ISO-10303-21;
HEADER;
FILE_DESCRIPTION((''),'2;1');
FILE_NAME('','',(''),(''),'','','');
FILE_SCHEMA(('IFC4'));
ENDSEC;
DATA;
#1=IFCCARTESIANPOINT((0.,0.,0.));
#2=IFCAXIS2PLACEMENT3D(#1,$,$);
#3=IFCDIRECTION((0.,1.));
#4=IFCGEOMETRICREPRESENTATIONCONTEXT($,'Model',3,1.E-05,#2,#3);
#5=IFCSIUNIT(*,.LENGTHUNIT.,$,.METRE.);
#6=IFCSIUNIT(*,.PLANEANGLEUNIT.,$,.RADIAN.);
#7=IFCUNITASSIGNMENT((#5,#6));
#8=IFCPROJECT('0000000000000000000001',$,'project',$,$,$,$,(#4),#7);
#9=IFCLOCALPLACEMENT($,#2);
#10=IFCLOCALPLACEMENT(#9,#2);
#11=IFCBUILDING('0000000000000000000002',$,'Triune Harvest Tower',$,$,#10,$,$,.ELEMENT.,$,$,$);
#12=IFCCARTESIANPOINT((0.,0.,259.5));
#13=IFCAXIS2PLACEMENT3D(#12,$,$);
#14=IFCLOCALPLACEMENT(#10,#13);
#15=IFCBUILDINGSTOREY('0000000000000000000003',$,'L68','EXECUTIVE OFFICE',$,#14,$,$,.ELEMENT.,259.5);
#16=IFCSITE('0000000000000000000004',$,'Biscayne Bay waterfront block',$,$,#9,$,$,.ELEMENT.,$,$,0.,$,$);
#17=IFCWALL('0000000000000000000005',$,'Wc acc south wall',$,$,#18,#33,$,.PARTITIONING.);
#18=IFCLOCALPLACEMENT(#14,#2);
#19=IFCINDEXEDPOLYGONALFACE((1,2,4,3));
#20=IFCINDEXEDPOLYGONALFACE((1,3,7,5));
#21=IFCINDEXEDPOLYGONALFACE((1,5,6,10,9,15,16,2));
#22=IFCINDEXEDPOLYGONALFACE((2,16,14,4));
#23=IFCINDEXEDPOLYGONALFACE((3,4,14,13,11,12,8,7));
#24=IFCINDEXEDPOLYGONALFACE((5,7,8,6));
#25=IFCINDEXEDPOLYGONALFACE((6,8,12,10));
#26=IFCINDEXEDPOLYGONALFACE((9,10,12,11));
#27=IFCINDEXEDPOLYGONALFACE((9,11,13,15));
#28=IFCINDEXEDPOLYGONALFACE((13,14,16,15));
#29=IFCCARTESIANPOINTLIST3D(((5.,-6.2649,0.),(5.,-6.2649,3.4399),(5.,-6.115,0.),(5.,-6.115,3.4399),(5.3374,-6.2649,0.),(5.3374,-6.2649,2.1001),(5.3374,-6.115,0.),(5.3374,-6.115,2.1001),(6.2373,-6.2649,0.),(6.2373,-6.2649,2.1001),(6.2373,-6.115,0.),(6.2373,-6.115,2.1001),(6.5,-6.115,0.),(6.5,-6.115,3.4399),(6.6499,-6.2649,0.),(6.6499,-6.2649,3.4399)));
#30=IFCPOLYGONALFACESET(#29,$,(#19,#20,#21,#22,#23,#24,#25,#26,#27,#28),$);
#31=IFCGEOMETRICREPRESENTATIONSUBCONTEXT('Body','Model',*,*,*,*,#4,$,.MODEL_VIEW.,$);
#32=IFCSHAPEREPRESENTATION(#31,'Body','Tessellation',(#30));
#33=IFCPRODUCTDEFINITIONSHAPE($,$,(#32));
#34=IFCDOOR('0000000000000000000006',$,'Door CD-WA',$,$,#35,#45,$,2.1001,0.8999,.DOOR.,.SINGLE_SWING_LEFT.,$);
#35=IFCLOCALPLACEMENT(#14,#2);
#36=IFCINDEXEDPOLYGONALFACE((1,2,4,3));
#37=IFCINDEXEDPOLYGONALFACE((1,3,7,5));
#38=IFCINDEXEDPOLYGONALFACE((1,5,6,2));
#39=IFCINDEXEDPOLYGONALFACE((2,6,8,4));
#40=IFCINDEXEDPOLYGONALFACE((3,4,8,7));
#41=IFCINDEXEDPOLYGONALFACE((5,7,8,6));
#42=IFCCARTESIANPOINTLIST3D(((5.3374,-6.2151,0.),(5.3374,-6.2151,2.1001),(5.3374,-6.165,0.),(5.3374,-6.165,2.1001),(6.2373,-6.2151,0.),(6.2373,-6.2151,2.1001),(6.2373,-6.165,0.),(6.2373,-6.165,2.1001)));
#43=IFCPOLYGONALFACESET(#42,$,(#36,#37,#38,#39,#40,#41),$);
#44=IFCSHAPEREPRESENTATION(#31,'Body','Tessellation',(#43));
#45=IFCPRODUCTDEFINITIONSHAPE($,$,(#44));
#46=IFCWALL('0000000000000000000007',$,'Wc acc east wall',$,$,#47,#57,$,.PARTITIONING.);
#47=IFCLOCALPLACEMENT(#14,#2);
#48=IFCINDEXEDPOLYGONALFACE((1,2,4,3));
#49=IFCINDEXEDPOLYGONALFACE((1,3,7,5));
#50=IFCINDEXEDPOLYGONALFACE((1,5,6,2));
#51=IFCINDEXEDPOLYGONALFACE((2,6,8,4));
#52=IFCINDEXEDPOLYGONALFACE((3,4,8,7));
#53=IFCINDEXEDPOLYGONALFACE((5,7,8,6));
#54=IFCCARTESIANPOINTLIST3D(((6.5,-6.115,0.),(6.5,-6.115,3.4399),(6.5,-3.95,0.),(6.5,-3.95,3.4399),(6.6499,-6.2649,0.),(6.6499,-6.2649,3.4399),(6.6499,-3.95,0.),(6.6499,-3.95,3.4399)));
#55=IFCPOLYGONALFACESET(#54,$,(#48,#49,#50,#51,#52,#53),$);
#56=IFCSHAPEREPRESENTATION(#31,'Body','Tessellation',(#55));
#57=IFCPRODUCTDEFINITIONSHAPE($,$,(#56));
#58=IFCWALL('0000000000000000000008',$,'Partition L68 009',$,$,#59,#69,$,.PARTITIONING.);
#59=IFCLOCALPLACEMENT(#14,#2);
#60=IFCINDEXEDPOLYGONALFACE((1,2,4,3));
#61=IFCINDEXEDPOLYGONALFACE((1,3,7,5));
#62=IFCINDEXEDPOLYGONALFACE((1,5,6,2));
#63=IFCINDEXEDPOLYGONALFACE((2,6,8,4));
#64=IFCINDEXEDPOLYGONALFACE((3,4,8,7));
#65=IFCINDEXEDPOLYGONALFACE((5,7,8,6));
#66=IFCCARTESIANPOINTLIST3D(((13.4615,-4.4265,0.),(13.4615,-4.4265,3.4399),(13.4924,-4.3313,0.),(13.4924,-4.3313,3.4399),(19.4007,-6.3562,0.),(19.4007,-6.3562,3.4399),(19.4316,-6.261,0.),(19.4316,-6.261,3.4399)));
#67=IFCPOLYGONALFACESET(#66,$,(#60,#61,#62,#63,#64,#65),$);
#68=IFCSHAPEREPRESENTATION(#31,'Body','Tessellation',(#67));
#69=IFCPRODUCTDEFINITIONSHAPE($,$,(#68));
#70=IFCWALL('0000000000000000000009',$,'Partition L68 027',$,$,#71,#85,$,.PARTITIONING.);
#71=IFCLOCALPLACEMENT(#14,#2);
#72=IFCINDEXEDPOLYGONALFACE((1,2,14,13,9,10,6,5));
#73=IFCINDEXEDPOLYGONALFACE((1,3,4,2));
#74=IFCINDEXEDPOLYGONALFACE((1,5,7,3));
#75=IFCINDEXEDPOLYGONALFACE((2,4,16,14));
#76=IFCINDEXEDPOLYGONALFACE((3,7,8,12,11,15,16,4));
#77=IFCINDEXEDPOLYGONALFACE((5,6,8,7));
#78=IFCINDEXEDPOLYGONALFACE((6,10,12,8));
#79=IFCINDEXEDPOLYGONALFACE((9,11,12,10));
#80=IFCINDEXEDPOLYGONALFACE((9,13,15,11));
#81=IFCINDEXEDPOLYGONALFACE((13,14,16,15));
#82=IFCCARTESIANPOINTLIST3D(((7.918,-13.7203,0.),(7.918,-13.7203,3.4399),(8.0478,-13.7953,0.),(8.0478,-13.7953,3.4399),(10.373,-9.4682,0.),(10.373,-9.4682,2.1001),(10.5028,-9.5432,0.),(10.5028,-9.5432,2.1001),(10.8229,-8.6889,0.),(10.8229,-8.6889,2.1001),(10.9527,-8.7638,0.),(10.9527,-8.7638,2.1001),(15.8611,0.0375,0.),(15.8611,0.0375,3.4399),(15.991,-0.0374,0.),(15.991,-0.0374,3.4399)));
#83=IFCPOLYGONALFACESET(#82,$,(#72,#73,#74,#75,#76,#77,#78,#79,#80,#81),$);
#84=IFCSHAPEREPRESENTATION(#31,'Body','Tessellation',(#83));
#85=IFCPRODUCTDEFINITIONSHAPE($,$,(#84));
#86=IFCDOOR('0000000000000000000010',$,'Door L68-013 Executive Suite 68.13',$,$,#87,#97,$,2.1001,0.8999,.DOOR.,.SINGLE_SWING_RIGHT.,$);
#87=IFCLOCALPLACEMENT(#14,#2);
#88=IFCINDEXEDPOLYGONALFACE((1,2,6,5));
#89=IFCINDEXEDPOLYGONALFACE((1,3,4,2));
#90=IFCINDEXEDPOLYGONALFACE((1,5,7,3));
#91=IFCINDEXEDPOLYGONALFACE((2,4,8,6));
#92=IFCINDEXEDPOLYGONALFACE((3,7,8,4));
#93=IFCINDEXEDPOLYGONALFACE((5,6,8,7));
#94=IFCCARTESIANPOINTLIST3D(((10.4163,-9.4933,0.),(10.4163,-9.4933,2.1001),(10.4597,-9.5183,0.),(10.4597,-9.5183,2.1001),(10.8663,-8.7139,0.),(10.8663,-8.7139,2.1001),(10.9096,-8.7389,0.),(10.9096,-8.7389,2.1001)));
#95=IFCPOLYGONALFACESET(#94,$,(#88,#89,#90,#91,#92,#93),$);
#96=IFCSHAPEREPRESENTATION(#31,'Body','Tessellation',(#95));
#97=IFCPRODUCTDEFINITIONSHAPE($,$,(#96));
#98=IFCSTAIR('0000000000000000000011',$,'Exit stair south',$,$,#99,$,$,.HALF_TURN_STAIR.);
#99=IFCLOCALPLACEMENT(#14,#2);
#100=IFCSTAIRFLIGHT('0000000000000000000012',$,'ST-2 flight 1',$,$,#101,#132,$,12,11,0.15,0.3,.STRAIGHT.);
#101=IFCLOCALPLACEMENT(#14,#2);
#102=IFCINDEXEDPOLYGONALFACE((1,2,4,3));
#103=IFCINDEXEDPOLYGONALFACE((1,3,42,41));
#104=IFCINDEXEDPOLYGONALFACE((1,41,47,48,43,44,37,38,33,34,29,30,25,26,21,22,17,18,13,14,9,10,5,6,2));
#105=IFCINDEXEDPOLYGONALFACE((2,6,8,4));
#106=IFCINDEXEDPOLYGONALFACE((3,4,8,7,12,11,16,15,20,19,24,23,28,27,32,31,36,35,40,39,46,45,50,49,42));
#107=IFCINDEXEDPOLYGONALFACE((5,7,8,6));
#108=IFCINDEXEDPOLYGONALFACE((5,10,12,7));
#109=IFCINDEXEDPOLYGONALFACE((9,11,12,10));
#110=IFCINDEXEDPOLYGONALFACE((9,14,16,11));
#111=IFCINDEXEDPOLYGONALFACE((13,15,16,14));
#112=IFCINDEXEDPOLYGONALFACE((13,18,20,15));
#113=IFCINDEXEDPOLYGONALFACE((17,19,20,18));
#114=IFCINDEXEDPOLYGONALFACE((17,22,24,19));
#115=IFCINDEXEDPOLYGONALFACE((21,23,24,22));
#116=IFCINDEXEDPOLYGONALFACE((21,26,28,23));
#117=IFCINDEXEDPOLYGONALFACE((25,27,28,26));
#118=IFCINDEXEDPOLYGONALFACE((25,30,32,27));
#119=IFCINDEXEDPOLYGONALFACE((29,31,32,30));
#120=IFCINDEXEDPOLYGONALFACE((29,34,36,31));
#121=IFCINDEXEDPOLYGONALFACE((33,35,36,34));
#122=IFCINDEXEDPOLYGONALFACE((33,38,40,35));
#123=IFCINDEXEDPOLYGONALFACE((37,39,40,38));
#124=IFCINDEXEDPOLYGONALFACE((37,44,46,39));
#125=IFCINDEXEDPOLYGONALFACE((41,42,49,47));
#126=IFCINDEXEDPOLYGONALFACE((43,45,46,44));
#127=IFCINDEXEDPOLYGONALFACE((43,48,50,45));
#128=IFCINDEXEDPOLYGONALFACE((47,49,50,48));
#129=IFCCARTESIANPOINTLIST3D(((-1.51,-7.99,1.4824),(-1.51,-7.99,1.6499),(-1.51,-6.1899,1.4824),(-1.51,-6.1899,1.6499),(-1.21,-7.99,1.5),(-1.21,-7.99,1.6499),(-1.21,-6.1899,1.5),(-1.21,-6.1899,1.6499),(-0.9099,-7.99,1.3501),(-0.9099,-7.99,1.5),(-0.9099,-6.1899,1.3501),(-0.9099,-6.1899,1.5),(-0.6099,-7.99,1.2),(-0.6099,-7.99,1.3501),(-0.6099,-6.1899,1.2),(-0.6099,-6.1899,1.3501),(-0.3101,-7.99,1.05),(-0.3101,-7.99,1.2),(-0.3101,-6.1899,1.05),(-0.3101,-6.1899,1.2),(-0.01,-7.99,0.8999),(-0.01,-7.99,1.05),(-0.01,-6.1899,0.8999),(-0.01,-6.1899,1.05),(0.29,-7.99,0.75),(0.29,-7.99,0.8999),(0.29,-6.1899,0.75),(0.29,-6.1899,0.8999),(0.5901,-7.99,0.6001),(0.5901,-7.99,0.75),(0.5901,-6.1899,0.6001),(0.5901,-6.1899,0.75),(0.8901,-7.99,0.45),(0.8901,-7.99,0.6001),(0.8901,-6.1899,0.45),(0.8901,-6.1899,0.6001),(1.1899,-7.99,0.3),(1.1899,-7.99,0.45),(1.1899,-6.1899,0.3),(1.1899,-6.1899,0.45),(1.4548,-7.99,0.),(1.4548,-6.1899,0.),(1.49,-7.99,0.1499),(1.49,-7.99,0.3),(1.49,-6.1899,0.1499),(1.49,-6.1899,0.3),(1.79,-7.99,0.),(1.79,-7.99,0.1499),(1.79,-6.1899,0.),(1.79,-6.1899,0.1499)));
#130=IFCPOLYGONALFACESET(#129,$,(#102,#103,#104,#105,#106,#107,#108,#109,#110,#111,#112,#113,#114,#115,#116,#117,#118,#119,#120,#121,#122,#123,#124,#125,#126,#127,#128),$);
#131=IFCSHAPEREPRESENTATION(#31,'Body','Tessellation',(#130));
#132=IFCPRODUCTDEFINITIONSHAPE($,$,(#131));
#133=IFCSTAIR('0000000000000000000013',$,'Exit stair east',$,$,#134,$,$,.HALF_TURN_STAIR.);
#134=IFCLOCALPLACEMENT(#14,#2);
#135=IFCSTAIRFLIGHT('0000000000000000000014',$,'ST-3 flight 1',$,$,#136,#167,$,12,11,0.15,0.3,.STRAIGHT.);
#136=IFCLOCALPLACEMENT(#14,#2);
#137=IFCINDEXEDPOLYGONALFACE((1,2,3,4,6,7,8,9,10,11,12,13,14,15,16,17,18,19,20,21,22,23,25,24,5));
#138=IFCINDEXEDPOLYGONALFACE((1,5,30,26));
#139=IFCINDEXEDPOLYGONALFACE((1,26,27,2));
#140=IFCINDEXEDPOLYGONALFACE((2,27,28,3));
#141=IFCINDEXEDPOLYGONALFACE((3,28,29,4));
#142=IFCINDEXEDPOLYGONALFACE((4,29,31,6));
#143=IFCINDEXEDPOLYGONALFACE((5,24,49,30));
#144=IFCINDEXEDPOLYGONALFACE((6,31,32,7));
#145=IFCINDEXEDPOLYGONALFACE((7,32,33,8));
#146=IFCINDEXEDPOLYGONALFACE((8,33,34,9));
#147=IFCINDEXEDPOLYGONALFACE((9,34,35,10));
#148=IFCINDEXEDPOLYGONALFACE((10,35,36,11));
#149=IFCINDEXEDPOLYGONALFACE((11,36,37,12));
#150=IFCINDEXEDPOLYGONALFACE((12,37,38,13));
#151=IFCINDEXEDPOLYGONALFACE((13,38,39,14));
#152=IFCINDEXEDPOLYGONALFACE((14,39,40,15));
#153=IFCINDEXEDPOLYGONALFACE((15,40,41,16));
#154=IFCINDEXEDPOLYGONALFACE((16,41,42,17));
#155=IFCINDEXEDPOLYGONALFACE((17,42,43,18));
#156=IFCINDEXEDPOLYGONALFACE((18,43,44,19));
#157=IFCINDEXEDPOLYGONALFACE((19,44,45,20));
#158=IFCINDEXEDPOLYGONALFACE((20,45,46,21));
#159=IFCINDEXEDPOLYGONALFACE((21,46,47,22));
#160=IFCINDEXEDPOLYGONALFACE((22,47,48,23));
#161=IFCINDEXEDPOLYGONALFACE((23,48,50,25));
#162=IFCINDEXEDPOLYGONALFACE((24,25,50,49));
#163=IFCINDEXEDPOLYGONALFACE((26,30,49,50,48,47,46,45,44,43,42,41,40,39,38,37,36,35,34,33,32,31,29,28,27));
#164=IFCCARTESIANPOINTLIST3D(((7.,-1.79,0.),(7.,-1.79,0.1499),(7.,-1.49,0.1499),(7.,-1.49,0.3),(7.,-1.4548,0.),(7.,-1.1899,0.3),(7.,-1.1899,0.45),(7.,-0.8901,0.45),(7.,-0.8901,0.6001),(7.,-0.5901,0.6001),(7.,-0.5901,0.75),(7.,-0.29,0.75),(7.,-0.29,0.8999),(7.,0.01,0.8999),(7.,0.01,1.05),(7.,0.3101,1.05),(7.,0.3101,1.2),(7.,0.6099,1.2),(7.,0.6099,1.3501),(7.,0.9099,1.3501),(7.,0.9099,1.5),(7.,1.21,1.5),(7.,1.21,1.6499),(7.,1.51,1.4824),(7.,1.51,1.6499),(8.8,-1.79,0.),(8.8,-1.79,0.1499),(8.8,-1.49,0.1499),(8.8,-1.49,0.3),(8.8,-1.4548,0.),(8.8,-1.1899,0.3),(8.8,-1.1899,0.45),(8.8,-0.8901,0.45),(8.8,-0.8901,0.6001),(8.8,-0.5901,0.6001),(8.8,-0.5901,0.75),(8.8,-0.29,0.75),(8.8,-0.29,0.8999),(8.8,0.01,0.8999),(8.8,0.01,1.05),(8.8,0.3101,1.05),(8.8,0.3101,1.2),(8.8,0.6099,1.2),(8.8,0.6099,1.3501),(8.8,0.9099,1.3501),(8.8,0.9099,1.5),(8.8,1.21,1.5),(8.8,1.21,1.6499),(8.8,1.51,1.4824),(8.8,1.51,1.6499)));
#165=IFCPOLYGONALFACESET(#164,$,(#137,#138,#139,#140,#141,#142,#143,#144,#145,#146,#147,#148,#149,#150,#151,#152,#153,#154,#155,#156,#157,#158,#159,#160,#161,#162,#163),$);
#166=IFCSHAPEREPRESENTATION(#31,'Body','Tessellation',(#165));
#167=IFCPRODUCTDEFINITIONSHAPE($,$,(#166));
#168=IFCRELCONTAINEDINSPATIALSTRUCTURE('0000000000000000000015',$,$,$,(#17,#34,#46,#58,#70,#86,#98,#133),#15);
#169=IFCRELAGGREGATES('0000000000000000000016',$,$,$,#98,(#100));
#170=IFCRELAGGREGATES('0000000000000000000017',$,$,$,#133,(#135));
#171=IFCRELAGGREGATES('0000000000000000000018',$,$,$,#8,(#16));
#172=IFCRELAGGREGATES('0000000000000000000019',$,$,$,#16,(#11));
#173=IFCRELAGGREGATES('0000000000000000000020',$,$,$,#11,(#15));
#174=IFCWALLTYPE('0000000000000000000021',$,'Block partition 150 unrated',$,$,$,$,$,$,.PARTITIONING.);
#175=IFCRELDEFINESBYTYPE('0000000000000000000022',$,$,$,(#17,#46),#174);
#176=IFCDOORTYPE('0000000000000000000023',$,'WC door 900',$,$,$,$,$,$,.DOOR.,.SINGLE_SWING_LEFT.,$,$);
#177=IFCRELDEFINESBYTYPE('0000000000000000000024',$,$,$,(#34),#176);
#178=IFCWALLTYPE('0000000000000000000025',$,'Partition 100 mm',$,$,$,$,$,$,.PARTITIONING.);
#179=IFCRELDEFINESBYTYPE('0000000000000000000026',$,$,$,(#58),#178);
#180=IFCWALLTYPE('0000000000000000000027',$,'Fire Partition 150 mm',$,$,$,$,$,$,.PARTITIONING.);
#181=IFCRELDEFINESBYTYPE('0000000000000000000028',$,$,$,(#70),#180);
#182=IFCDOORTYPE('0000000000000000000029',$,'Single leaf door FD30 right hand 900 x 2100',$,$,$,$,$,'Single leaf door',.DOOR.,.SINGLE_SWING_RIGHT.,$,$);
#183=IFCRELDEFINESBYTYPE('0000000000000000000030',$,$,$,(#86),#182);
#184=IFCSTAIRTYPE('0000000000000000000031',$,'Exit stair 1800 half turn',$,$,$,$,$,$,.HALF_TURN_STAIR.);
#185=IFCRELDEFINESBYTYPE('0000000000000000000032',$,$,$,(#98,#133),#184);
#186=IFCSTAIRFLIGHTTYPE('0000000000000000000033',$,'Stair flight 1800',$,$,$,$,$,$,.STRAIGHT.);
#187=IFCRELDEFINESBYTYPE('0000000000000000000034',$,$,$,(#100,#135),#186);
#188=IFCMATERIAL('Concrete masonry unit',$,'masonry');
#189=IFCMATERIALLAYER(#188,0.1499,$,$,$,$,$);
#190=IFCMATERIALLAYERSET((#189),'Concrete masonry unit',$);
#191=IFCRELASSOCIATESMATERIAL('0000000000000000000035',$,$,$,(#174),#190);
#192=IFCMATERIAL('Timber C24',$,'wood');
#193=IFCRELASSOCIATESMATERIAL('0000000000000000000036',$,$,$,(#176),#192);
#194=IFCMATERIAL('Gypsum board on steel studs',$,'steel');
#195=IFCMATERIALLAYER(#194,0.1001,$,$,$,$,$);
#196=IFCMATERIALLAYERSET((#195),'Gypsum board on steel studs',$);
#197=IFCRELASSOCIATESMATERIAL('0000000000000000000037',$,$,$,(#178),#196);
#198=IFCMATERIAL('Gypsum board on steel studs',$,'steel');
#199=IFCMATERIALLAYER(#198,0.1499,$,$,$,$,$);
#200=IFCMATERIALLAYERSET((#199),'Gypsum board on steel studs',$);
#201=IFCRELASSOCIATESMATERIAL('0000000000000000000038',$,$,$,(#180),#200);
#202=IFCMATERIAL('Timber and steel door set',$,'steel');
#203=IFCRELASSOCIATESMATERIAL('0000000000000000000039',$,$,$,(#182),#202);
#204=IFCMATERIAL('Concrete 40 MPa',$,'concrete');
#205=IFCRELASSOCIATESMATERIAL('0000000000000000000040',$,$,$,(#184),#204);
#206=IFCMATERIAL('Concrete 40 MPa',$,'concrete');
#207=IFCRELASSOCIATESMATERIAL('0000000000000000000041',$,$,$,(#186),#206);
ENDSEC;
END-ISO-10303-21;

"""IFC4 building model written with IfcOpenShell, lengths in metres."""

from ifc_helpers import new_model, si_unit, direction, frame, frame_2d, origin, place, context, subcontext, project, spatial, polyline, rectangle, outline, extrude, source, transform, mapped, material, layer, layer_set, type_object, element, fill, aggregate, save


model = new_model("IFC4")

# Units and contexts
model_context = context("Model", 3, precision=1e-05, world=origin(), true_north=direction((0.0, 1.0)))
body_context = subcontext(model_context, "Body", "Model", "MODEL_VIEW")
ifc_project = project(units=[si_unit("LENGTHUNIT", "METRE"), si_unit("PLANEANGLEUNIT", "RADIAN")], contexts=[model_context])

# Site, building, storey
site_placement = place(None, origin())
site = spatial("IfcSite", under=ifc_project, at=site_placement, Name="Biscayne Bay waterfront block", CompositionType="ELEMENT", RefElevation=0.0)
building_placement = place(site_placement, origin())
building = spatial("IfcBuilding", under=site, at=building_placement, Name="Triune Harvest Tower", CompositionType="ELEMENT")
storey_placement = place(building_placement, frame((0.0, 0.0, 259.5)))
storey = spatial("IfcBuildingStorey", under=building, at=storey_placement, Name="L68", Description="EXECUTIVE OFFICE", CompositionType="ELEMENT", Elevation=259.5)

# Wall, opening, door
ifc_material_1 = material(Name="Concrete masonry unit", Category="masonry")
ifc_layer_1 = layer(ifc_material_1, 0.1499)
ifc_layer_set_1 = layer_set([ifc_layer_1], Name="Concrete masonry unit")
wall_type_1 = type_object("IfcWallType", Name="Block partition 150 unrated", PredefinedType="PARTITIONING", material=ifc_layer_set_1)
shared_shape_1 = source(origin(), body_context, "Body", "SweptSolid", [
    extrude(outline(polyline([(0.0, -0.075), (1.6499, -0.075), (1.5, 0.075), (0.0, 0.075), (0.0, -0.075)])), origin(), (0.0, 0.0, 1.0), 3.4399),
])
wall_1_placement = place(storey_placement, frame((5.0, -6.1899, 0.0), z_axis=(0.0, 0.0, 1.0), x_axis=(1.0, 0.0, 0.0)))
wall_1 = element("IfcWall", 1, at=wall_1_placement, inside=storey, type_object=wall_type_1, Name="Wc acc south wall", PredefinedType="PARTITIONING", context=body_context, shape_type="MappedRepresentation", body=[
    mapped(shared_shape_1, transform((0.0, 0.0, 0.0), scale=1.0)),
])
opening_1_placement = place(wall_1_placement, frame((0.3374, 0.0, 0.0)))
opening_1 = element("IfcOpeningElement", 2, at=opening_1_placement, cuts=wall_1, PredefinedType="OPENING", context=body_context, shape_type="SweptSolid", body=[
    extrude(rectangle(XDim=0.8999, YDim=2.1001, at=frame_2d((0.45, 1.05))), frame((0.0, 0.085, 0.0), z_axis=(0.0, -1.0, 0.0), x_axis=(1.0, 0.0, 0.0)), (0.0, 0.0, 1.0), 0.1699),
])
ifc_material_2 = material(Name="Timber C24", Category="wood")
door_type_1 = type_object("IfcDoorType", Name="WC door 900", OperationType="SINGLE_SWING_LEFT", PredefinedType="DOOR", material=ifc_material_2)
door_1_placement = place(opening_1_placement, origin())
door_1 = element("IfcDoor", 3, at=door_1_placement, inside=storey, type_object=door_type_1, Name="Door CD-WA", OperationType="SINGLE_SWING_LEFT", OverallHeight=2.1001, OverallWidth=0.8999, PredefinedType="DOOR", context=body_context, shape_type="SweptSolid", body=[
    extrude(rectangle(XDim=0.8999, YDim=2.1001, at=frame_2d((0.45, 1.05))), frame((0.0, 0.0249, 0.0), z_axis=(0.0, -1.0, 0.0), x_axis=(1.0, 0.0, 0.0)), (0.0, 0.0, 1.0), 0.05),
])
fill(opening_1, door_1)

# Walls
shared_shape_2 = source(origin(), body_context, "Body", "SweptSolid", [
    extrude(outline(polyline([(-0.075, -0.075), (2.24, -0.075), (2.24, 0.075), (0.075, 0.075), (-0.075, -0.075)])), origin(), (0.0, 0.0, 1.0), 3.4399),
])
wall_2_placement = place(storey_placement, frame((6.575, -6.1899, 0.0), z_axis=(0.0, 0.0, 1.0), x_axis=(0.0, 1.0, 0.0)))
element("IfcWall", 4, at=wall_2_placement, inside=storey, type_object=wall_type_1, Name="Wc acc east wall", PredefinedType="PARTITIONING", context=body_context, shape_type="MappedRepresentation", body=[
    mapped(shared_shape_2, transform((0.0, 0.0, 0.0), scale=1.0)),
])
ifc_material_3 = material(Name="Gypsum board on steel studs", Category="steel")
ifc_layer_2 = layer(ifc_material_3, 0.1001)
ifc_layer_set_2 = layer_set([ifc_layer_2], Name="Gypsum board on steel studs")
wall_type_2 = type_object("IfcWallType", Name="Partition 100 mm", PredefinedType="PARTITIONING", material=ifc_layer_set_2)
shared_shape_3 = source(origin(), body_context, "Body", "SweptSolid", [
    extrude(rectangle(XDim=6.2449, YDim=0.1001, at=frame_2d((3.1226, 0.0))), origin(), (0.0, 0.0, 1.0), 3.4399),
])
wall_3_placement = place(storey_placement, frame((13.4768, -4.3789, 0.0), z_axis=(0.0, 0.0, 1.0), x_axis=(0.95106, -0.309006, 0.0)))
element("IfcWall", 5, at=wall_3_placement, inside=storey, type_object=wall_type_2, Name="Partition L68 009", PredefinedType="PARTITIONING", context=body_context, shape_type="MappedRepresentation", body=[
    mapped(shared_shape_3, transform((0.0, 0.0, 0.0), scale=1.0)),
])

# Wall, opening, door
ifc_material_4 = material(Name="Gypsum board on steel studs", Category="steel")
ifc_layer_3 = layer(ifc_material_4, 0.1499)
ifc_layer_set_3 = layer_set([ifc_layer_3], Name="Gypsum board on steel studs")
wall_type_3 = type_object("IfcWallType", Name="Fire Partition 150 mm", PredefinedType="PARTITIONING", material=ifc_layer_set_3)
shared_shape_4 = source(origin(), body_context, "Body", "SweptSolid", [
    extrude(rectangle(XDim=15.8862, YDim=0.1499, at=frame_2d((7.9431, 0.0))), origin(), (0.0, 0.0, 1.0), 3.4399),
])
wall_4_placement = place(storey_placement, frame((7.9829, -13.7578, 0.0), z_axis=(0.0, 0.0, 1.0), x_axis=(0.500002, 0.866024, 0.0)))
wall_4 = element("IfcWall", 6, at=wall_4_placement, inside=storey, type_object=wall_type_3, Name="Partition L68 027", PredefinedType="PARTITIONING", context=body_context, shape_type="MappedRepresentation", body=[
    mapped(shared_shape_4, transform((0.0, 0.0, 0.0), scale=1.0)),
])
opening_2_placement = place(wall_4_placement, frame((4.9099, 0.0, 0.0)))
opening_2 = element("IfcOpeningElement", 7, at=opening_2_placement, cuts=wall_4, PredefinedType="OPENING", context=body_context, shape_type="SweptSolid", body=[
    extrude(rectangle(XDim=0.8999, YDim=2.1001, at=frame_2d((0.45, 1.05))), frame((0.0, 0.085, 0.0), z_axis=(0.0, -1.0, 0.0), x_axis=(1.0, 0.0, 0.0)), (0.0, 0.0, 1.0), 0.1699),
])
ifc_material_5 = material(Name="Timber and steel door set", Category="steel")
door_type_2 = type_object("IfcDoorType", Name="Single leaf door FD30 right hand 900 x 2100", ElementType="Single leaf door", OperationType="SINGLE_SWING_RIGHT", PredefinedType="DOOR", material=ifc_material_5)
door_2_placement = place(opening_2_placement, origin())
door_2 = element("IfcDoor", 8, at=door_2_placement, inside=storey, type_object=door_type_2, Name="Door L68-013 Executive Suite 68.13", OperationType="SINGLE_SWING_RIGHT", OverallHeight=2.1001, OverallWidth=0.8999, PredefinedType="DOOR", context=body_context, shape_type="SweptSolid", body=[
    extrude(rectangle(XDim=0.8999, YDim=2.1001, at=frame_2d((0.45, 1.05))), frame((0.0, 0.0249, 0.0), z_axis=(0.0, -1.0, 0.0), x_axis=(1.0, 0.0, 0.0)), (0.0, 0.0, 1.0), 0.05),
])
fill(opening_2, door_2)

# Stairs, stair flights
ifc_material_6 = material(Name="Concrete 40 MPa", Category="concrete")
stair_type = type_object("IfcStairType", Name="Exit stair 1800 half turn", PredefinedType="HALF_TURN_STAIR", material=ifc_material_6)
stair_1_placement = place(storey_placement, origin())
stair_1 = element("IfcStair", 9, at=stair_1_placement, inside=storey, type_object=stair_type, Name="Exit stair south", PredefinedType="HALF_TURN_STAIR")
ifc_material_7 = material(Name="Concrete 40 MPa", Category="concrete")
stair_flight_type = type_object("IfcStairFlightType", Name="Stair flight 1800", PredefinedType="STRAIGHT", material=ifc_material_7)
shared_shape_5 = source(origin(), body_context, "Body", "SweptSolid", [
    extrude(outline(polyline([(0.0, 0.0), (0.0, 0.1499), (0.3, 0.1499), (0.3, 0.3), (0.6001, 0.3), (0.6001, 0.45), (0.8999, 0.45), (0.8999, 0.6001), (1.2, 0.6001), (1.2, 0.75), (1.5, 0.75), (1.5, 0.8999), (1.8, 0.8999), (1.8, 1.05), (2.1001, 1.05), (2.1001, 1.2), (2.3999, 1.2), (2.3999, 1.3501), (2.7, 1.3501), (2.7, 1.5), (3.0, 1.5), (3.0, 1.6499), (3.3, 1.6499), (3.3, 1.8), (3.3, 1.4824), (0.3352, 0.0), (0.0, 0.0)])), frame((0.0, 0.8999, 0.0), z_axis=(0.0, -1.0, 0.0), x_axis=(1.0, 0.0, 0.0)), (0.0, 0.0, 1.0), 1.8),
])
stair_flight_1_placement = place(storey_placement, frame((1.79, -7.0901, 0.0), z_axis=(0.0, 0.0, 1.0), x_axis=(-1.0, 0.0, 0.0)))
stair_flight_1 = element("IfcStairFlight", 10, at=stair_flight_1_placement, type_object=stair_flight_type, Name="ST-2 flight 1", NumberOfRisers=12, NumberOfTreads=11, PredefinedType="STRAIGHT", RiserHeight=0.15, TreadLength=0.3, context=body_context, shape_type="MappedRepresentation", body=[
    mapped(shared_shape_5, transform((0.0, 0.0, 0.0), scale=1.0)),
])
aggregate(stair_1, [stair_flight_1])
stair_2_placement = place(storey_placement, origin())
stair_2 = element("IfcStair", 11, at=stair_2_placement, inside=storey, type_object=stair_type, Name="Exit stair east", PredefinedType="HALF_TURN_STAIR")
stair_flight_2_placement = place(storey_placement, frame((7.8999, -1.79, 0.0), z_axis=(0.0, 0.0, 1.0), x_axis=(0.0, 1.0, 0.0)))
stair_flight_2 = element("IfcStairFlight", 12, at=stair_flight_2_placement, type_object=stair_flight_type, Name="ST-3 flight 1", NumberOfRisers=12, NumberOfTreads=11, PredefinedType="STRAIGHT", RiserHeight=0.15, TreadLength=0.3, context=body_context, shape_type="MappedRepresentation", body=[
    mapped(shared_shape_5, transform((0.0, 0.0, 0.0), scale=1.0)),
])
aggregate(stair_2, [stair_flight_2])

save(model, "model.ifc")
